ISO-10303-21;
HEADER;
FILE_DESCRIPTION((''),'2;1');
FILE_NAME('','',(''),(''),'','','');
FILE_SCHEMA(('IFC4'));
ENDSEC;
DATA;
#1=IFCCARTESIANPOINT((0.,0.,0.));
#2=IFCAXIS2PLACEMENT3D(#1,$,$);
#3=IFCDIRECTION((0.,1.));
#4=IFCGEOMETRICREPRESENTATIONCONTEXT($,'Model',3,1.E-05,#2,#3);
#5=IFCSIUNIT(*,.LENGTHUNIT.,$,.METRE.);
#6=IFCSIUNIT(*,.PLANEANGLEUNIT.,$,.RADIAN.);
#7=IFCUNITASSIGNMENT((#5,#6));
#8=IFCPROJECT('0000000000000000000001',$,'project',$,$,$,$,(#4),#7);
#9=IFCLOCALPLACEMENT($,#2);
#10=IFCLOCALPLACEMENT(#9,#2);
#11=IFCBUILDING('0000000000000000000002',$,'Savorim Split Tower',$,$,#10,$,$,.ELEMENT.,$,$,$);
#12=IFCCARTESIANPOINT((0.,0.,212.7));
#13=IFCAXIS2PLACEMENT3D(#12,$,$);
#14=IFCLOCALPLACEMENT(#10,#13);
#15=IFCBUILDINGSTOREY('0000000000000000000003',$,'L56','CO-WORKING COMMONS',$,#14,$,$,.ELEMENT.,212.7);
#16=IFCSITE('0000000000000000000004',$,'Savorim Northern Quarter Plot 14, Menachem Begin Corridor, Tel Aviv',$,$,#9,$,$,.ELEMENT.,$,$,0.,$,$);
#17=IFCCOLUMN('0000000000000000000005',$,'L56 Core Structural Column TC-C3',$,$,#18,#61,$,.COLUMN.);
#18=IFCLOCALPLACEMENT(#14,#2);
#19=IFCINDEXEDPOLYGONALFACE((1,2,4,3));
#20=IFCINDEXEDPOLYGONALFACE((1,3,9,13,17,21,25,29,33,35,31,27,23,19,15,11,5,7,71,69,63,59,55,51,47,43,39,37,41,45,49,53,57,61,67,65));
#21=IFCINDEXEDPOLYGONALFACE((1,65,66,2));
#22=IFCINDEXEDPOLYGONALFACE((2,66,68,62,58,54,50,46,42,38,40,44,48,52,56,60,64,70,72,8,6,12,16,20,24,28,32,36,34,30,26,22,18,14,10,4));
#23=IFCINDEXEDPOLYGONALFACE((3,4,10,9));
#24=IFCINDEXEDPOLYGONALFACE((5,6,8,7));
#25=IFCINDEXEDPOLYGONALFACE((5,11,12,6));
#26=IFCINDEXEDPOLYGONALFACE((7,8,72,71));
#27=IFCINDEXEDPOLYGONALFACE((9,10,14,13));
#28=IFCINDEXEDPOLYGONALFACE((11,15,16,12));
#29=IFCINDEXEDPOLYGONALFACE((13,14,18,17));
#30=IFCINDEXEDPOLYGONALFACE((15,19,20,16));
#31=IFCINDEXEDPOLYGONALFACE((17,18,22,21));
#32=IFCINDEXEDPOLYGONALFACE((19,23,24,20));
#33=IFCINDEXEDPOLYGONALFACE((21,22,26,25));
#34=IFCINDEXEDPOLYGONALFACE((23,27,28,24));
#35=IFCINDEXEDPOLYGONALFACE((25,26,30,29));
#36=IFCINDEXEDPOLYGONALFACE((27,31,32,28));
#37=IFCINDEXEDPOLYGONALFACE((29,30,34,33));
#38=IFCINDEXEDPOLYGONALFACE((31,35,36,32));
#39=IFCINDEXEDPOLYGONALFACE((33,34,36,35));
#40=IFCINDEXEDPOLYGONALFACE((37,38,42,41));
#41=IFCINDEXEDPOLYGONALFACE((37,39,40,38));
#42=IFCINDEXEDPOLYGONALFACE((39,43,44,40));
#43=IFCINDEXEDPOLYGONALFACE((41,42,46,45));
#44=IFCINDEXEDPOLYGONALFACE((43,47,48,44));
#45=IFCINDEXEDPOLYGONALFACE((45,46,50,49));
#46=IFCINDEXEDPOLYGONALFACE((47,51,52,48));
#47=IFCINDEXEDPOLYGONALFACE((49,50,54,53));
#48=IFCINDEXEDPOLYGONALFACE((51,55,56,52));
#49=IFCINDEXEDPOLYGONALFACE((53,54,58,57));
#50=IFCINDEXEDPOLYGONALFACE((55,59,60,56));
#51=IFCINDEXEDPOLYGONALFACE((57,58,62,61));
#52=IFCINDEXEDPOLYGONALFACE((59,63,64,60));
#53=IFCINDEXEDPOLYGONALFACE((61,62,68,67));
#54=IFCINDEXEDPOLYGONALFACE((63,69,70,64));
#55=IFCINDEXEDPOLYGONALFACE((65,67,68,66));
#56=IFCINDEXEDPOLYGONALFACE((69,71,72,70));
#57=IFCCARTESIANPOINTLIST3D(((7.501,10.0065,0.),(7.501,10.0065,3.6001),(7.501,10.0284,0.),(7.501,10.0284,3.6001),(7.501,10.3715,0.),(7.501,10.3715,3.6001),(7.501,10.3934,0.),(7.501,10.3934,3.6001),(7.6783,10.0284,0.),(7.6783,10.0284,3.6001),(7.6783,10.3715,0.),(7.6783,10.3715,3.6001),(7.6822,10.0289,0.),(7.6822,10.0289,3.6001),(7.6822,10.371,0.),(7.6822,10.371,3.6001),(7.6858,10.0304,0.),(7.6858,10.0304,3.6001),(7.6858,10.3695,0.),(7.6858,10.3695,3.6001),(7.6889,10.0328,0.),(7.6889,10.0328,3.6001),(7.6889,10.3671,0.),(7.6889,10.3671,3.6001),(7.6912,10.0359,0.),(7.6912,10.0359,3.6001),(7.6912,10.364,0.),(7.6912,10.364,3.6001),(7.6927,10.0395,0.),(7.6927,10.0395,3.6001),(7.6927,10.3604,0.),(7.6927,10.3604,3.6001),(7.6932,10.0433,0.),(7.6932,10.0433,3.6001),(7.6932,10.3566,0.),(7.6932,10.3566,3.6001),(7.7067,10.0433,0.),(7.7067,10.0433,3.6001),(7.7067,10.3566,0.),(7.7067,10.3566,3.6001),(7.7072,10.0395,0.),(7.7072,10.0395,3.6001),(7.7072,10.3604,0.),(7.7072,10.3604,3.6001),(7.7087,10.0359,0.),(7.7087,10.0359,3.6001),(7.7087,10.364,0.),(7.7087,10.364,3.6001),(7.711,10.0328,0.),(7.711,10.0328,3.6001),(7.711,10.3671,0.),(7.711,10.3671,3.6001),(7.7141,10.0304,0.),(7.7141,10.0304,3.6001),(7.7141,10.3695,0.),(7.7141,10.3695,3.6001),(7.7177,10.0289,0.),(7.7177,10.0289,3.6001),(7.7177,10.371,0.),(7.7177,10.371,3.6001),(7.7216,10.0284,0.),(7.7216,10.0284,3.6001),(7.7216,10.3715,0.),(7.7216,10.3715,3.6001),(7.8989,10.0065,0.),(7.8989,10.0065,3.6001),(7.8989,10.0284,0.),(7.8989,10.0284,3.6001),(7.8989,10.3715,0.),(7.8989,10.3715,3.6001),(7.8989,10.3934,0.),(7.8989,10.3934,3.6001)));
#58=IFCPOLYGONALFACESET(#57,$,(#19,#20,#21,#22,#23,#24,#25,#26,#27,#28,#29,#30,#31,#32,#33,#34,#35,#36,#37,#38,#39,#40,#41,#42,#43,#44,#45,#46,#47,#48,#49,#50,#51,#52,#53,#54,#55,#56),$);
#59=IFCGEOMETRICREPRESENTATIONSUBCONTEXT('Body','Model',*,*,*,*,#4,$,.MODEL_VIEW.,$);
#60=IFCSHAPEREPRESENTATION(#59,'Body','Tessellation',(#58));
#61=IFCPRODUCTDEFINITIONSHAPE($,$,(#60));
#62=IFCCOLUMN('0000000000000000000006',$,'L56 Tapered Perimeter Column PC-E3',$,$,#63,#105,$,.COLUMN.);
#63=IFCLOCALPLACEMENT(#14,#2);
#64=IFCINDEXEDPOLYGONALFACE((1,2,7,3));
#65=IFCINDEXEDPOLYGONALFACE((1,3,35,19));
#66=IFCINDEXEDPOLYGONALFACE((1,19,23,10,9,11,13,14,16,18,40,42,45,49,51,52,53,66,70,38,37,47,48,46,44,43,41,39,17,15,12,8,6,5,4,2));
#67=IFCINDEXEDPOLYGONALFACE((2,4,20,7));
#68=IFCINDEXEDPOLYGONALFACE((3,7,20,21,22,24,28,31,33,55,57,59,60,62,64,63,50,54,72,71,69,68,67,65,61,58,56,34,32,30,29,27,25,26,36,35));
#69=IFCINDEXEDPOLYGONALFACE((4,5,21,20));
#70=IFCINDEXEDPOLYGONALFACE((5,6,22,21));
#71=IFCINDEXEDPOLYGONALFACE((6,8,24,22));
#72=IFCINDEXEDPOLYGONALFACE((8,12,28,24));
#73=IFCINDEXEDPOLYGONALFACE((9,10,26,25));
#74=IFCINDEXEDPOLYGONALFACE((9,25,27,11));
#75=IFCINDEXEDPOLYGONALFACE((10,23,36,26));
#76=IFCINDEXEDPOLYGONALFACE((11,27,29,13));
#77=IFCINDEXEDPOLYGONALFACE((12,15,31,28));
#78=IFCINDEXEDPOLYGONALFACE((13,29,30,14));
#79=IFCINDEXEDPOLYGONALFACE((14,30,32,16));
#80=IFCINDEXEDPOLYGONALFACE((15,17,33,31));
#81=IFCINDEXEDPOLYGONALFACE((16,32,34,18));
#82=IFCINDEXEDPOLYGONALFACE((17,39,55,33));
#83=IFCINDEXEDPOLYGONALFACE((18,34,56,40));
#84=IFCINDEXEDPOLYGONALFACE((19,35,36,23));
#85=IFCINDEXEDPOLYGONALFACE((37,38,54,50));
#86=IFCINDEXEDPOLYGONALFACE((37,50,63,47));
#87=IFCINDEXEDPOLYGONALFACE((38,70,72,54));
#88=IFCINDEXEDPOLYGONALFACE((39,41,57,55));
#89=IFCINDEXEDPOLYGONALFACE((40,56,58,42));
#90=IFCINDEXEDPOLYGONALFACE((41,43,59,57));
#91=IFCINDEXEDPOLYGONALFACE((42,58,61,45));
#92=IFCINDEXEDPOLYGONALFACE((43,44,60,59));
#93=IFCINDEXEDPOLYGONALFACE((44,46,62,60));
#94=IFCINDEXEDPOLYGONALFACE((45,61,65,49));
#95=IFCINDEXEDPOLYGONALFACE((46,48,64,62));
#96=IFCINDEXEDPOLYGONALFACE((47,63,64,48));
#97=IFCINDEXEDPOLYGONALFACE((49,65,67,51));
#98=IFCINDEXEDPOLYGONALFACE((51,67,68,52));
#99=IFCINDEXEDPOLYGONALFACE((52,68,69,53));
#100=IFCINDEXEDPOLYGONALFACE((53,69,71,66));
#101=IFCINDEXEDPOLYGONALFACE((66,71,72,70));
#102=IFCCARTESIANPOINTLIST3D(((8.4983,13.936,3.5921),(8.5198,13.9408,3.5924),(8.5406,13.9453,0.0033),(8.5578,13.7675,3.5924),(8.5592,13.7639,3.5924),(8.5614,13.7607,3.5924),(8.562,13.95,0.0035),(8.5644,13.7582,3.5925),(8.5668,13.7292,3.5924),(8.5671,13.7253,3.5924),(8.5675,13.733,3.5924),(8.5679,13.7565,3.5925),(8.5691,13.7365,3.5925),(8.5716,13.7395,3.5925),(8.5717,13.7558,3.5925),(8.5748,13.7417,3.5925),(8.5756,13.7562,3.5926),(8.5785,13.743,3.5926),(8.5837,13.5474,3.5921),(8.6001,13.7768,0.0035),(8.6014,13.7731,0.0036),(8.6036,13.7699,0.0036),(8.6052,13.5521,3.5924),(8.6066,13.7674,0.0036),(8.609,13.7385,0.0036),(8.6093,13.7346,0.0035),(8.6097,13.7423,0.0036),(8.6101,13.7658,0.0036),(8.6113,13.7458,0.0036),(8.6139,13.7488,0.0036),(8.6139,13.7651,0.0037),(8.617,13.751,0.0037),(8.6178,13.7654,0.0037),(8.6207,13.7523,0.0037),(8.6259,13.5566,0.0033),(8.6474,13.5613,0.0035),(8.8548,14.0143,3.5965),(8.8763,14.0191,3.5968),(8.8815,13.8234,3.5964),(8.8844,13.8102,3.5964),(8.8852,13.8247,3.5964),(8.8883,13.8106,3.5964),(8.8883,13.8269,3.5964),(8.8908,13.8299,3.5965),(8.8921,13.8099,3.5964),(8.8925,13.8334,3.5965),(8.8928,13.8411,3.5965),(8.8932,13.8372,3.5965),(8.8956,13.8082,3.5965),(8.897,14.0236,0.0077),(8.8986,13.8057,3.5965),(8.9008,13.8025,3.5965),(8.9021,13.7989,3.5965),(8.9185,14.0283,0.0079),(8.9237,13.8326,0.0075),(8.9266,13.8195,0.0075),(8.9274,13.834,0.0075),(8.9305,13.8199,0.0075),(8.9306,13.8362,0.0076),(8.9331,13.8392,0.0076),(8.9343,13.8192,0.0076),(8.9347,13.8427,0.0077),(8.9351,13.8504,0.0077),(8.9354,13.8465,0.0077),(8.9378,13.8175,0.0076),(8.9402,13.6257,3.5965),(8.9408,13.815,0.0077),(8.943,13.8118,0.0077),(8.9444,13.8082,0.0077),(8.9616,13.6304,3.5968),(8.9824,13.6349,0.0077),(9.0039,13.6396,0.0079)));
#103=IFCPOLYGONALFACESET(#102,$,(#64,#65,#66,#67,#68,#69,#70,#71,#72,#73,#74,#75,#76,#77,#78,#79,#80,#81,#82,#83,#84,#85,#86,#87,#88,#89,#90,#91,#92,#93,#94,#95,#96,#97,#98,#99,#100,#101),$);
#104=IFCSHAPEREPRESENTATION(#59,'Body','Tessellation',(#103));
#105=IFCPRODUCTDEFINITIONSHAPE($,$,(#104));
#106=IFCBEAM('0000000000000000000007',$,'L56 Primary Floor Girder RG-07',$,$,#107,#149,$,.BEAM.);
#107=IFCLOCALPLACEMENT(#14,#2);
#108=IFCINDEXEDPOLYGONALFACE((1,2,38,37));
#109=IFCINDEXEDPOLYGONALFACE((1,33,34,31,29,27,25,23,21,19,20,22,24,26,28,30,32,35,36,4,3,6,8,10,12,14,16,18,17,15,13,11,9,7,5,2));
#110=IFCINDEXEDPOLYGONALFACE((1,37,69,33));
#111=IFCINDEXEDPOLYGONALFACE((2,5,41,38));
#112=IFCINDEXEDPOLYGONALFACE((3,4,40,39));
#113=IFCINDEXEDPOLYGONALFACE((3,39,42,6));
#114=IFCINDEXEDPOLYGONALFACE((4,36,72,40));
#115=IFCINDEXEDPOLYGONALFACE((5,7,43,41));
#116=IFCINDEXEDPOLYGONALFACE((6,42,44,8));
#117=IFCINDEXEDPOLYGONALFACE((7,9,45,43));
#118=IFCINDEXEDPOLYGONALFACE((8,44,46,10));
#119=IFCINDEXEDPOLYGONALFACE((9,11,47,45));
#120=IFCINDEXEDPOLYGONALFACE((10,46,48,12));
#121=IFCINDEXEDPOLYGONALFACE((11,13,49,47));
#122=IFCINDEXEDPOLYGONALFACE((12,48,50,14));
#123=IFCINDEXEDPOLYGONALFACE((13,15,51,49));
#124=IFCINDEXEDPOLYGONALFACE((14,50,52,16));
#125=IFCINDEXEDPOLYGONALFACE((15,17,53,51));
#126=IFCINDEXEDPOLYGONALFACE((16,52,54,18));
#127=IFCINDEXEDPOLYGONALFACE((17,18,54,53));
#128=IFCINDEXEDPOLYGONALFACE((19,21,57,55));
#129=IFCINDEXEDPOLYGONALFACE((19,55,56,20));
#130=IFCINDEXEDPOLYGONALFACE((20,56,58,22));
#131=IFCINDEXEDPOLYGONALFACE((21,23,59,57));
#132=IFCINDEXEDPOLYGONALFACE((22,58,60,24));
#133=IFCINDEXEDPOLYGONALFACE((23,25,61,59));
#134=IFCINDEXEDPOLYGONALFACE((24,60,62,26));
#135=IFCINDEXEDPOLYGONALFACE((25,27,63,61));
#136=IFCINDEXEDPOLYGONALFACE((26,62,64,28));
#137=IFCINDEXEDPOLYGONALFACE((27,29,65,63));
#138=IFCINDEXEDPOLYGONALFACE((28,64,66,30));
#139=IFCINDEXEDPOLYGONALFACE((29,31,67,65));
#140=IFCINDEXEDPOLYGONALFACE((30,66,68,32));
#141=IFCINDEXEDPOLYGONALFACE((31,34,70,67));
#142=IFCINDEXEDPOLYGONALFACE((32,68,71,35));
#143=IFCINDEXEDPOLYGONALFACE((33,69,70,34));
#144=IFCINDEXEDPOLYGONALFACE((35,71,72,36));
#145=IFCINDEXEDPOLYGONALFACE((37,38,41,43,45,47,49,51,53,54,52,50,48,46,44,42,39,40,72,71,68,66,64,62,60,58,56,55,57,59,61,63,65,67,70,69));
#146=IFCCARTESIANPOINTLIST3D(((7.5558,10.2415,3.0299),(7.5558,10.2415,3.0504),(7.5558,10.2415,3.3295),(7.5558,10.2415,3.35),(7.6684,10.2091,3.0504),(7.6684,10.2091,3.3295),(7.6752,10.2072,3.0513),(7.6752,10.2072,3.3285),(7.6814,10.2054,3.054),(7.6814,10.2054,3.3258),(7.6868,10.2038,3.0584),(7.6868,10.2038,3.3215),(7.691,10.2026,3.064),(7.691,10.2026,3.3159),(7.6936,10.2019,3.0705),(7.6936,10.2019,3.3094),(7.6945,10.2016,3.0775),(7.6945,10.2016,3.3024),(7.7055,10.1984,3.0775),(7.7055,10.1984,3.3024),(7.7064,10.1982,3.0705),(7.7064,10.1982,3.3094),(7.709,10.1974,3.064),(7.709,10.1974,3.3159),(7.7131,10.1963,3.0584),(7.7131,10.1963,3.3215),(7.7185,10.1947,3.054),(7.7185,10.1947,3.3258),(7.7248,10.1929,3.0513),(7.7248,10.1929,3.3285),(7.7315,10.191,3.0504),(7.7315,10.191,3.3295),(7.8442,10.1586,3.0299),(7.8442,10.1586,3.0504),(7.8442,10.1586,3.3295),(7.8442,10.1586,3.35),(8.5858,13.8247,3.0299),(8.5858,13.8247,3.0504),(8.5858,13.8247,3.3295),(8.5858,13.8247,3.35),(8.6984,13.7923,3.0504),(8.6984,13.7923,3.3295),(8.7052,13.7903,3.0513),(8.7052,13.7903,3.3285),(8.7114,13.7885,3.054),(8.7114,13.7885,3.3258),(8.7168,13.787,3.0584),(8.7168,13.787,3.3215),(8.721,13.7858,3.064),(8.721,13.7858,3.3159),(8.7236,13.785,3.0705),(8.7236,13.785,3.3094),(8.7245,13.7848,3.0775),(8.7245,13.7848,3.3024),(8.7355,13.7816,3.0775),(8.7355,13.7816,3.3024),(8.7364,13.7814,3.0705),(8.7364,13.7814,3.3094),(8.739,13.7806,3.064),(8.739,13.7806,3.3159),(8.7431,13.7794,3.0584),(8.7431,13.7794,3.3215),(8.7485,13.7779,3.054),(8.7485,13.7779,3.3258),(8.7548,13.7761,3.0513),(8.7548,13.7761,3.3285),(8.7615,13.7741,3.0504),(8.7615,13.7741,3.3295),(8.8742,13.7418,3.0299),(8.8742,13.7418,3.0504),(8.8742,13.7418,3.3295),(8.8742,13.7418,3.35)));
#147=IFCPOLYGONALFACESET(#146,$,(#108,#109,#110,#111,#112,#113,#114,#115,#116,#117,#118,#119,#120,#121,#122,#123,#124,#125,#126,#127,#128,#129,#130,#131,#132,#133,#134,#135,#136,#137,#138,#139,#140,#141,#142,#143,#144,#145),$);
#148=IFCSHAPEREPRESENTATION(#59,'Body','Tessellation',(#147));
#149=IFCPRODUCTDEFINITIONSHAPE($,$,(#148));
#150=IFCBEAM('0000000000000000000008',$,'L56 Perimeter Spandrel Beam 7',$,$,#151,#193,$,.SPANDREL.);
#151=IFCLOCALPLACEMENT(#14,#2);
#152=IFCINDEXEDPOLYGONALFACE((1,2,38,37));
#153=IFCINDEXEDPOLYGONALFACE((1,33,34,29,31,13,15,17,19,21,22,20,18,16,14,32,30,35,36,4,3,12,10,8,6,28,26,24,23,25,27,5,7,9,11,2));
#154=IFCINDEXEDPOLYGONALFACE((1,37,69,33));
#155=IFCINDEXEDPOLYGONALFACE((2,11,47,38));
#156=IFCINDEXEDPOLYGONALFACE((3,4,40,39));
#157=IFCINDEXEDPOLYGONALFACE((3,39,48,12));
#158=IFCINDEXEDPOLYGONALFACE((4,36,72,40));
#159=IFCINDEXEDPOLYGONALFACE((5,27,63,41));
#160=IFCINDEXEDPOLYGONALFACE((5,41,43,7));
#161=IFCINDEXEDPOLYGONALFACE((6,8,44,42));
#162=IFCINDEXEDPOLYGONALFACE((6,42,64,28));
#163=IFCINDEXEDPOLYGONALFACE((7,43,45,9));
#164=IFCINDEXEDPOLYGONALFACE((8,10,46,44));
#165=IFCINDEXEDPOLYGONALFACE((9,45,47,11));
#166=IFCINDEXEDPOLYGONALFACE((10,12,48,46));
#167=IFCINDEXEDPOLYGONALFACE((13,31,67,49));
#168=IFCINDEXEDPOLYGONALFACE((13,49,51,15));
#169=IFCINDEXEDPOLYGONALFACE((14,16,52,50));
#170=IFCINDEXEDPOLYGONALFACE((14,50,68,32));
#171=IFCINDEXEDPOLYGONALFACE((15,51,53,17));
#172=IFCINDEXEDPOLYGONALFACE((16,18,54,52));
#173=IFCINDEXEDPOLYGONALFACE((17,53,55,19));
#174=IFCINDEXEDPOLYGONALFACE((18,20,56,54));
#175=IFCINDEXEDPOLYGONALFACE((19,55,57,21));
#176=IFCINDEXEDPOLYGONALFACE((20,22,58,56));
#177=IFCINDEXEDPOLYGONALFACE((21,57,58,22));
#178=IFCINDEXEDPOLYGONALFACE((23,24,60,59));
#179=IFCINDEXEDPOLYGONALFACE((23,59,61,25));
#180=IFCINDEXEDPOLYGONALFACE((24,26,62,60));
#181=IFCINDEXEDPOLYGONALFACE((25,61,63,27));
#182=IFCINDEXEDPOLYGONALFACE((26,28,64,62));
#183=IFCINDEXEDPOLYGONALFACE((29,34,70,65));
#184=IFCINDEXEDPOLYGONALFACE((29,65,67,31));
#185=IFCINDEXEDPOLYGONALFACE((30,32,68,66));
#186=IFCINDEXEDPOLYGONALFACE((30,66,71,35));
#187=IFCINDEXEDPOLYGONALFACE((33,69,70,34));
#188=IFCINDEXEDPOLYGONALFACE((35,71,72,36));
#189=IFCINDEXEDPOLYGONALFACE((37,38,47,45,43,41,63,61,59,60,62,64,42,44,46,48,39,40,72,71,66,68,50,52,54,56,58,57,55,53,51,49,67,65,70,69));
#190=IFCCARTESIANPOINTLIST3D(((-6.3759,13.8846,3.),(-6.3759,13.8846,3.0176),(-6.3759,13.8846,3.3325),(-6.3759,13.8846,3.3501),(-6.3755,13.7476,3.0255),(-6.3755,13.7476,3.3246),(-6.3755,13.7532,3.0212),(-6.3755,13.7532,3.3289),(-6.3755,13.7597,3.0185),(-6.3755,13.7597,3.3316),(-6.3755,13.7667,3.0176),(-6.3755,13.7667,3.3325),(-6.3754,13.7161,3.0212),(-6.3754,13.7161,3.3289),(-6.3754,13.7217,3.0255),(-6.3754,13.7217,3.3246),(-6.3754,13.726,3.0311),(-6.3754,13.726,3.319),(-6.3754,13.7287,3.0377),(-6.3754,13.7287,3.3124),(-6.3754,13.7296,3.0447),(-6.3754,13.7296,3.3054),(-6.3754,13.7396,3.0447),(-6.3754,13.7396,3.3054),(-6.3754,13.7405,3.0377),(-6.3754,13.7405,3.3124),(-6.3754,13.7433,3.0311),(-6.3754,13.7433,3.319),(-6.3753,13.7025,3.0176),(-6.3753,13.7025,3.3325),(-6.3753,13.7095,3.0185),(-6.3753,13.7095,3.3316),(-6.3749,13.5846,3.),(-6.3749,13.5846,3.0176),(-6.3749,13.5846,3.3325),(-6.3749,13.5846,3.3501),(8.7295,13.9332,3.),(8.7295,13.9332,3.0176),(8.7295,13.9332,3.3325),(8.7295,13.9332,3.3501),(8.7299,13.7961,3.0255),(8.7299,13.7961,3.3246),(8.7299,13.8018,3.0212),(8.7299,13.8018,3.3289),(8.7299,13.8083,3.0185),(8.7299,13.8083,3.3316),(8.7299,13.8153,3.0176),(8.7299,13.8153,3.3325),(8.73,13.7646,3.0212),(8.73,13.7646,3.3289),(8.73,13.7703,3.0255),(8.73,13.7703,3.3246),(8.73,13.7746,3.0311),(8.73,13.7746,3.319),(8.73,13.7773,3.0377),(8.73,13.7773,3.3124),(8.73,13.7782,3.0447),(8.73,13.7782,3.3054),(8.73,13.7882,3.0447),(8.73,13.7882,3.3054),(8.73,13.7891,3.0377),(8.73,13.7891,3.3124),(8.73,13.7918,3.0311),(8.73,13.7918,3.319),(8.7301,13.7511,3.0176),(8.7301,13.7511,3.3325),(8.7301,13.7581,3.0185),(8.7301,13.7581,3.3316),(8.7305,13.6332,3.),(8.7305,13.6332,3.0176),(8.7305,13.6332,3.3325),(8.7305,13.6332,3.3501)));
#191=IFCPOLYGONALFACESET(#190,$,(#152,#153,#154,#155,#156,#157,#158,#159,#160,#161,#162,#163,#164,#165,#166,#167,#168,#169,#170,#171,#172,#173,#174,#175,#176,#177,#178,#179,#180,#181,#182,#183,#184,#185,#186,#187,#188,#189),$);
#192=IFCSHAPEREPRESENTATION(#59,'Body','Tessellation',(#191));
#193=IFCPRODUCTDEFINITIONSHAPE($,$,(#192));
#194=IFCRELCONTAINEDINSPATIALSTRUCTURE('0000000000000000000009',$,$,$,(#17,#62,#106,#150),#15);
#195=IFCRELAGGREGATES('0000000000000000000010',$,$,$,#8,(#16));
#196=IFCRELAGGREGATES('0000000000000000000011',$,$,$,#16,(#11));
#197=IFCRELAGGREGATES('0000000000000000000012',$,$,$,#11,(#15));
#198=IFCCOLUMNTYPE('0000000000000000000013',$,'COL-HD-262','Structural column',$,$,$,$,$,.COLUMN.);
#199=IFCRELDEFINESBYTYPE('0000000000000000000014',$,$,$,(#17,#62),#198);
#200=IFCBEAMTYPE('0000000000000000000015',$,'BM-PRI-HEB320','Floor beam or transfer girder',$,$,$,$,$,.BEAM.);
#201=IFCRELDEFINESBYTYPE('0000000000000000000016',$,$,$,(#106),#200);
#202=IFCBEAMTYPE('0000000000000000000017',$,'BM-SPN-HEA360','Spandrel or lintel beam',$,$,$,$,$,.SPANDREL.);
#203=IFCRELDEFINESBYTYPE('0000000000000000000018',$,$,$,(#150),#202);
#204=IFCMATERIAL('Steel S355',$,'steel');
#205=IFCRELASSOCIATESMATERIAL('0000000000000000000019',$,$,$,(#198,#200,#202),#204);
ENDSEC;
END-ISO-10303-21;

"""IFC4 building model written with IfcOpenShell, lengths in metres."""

from ifc_helpers import new_model, si_unit, direction, frame, origin, origin_2d, place, context, subcontext, project, spatial, i_section, extrude, material, material_profile, profile_set, type_object, element, save


model = new_model("IFC4")

# Units and contexts
model_context = context("Model", 3, precision=1e-05, world=origin(), true_north=direction((0.0, 1.0)))
body_context = subcontext(model_context, "Body", "Model", "MODEL_VIEW")
ifc_project = project(units=[si_unit("LENGTHUNIT", "METRE"), si_unit("PLANEANGLEUNIT", "RADIAN")], contexts=[model_context])

# Site, building, storey
site_placement = place(None, origin())
site = spatial("IfcSite", under=ifc_project, at=site_placement, Name="Savorim Northern Quarter Plot 14, Menachem Begin Corridor, Tel Aviv", CompositionType="ELEMENT", RefElevation=0.0)
building_placement = place(site_placement, origin())
building = spatial("IfcBuilding", under=site, at=building_placement, Name="Savorim Split Tower", CompositionType="ELEMENT")
storey_placement = place(building_placement, frame((0.0, 0.0, 212.7)))
storey = spatial("IfcBuildingStorey", under=building, at=storey_placement, Name="L56", Description="CO-WORKING COMMONS", CompositionType="ELEMENT", Elevation=212.7)

# Columns
ifc_material_1 = material(Name="Steel S355", Category="steel")
ifc_material_profile_1 = material_profile(ifc_material_1, i_section(OverallWidth=0.3979, OverallDepth=0.387, WebThickness=0.0134, FlangeThickness=0.022, FilletRadius=0.0149, at=origin_2d()), Name="HD 400x262")
ifc_profile_set_1 = profile_set([ifc_material_profile_1], Name="Steel S355")
column_type = type_object("IfcColumnType", Name="COL-HD-262", Description="Structural column", PredefinedType="COLUMN", material=ifc_profile_set_1)
column_1_placement = place(storey_placement, frame((7.7, 10.2, 0.0), z_axis=(0.0, 0.0, 1.0), x_axis=(1.0, 0.0, 0.0)))
element("IfcColumn", 1, at=column_1_placement, inside=storey, type_object=column_type, Name="L56 Core Structural Column TC-C3", PredefinedType="COLUMN", context=body_context, shape_type="SweptSolid", body=[
    extrude(i_section(OverallWidth=0.3979, OverallDepth=0.387, WebThickness=0.0134, FlangeThickness=0.022, FilletRadius=0.0149, at=origin_2d()), origin(), (0.0, 0.0, 1.0), 3.6001),
])
column_2_placement = place(storey_placement, frame((8.7722, 13.7925, 0.0056), z_axis=(-0.011768, -0.002585, 0.999927), x_axis=(0.214539, -0.976715, 0.0)))
element("IfcColumn", 2, at=column_2_placement, inside=storey, type_object=column_type, Name="L56 Tapered Perimeter Column PC-E3", PredefinedType="COLUMN", context=body_context, shape_type="SweptSolid", body=[
    extrude(i_section(OverallWidth=0.3979, OverallDepth=0.387, WebThickness=0.0134, FlangeThickness=0.022, FilletRadius=0.0149, at=origin_2d()), origin(), (0.0, 0.0, 1.0), 3.5891),
])

# Beams
ifc_material_profile_2 = material_profile(ifc_material_1, i_section(OverallWidth=0.3, OverallDepth=0.3201, WebThickness=0.0115, FlangeThickness=0.0205, FilletRadius=0.0271, at=origin_2d()), Name="HEB 320")
ifc_profile_set_2 = profile_set([ifc_material_profile_2], Name="Steel S355")
beam_type_1 = type_object("IfcBeamType", Name="BM-PRI-HEB320", Description="Floor beam or transfer girder", PredefinedType="BEAM", material=ifc_profile_set_2)
beam_1_placement = place(storey_placement, frame((8.73, 13.7832, 3.1899), z_axis=(-0.276269, -0.96108, 0.0), x_axis=(0.96108, -0.276269, 0.0)))
element("IfcBeam", 3, at=beam_1_placement, inside=storey, type_object=beam_type_1, Name="L56 Primary Floor Girder RG-07", PredefinedType="BEAM", context=body_context, shape_type="SweptSolid", body=[
    extrude(i_section(OverallWidth=0.3, OverallDepth=0.3201, WebThickness=0.0115, FlangeThickness=0.0205, FilletRadius=0.0271, at=origin_2d()), origin(), (0.0, 0.0, 1.0), 3.7283),
])
ifc_material_profile_3 = material_profile(ifc_material_1, i_section(OverallWidth=0.3, OverallDepth=0.3501, WebThickness=0.01, FlangeThickness=0.0176, FilletRadius=0.0271, at=origin_2d()), Name="HEA 360")
ifc_profile_set_3 = profile_set([ifc_material_profile_3], Name="Steel S355")
beam_type_2 = type_object("IfcBeamType", Name="BM-SPN-HEA360", Description="Spandrel or lintel beam", PredefinedType="SPANDREL", material=ifc_profile_set_3)
beam_2_placement = place(storey_placement, frame((8.73, 13.7832, 3.175), z_axis=(-0.999995, -0.003216, 0.0), x_axis=(0.003216, -0.999995, 0.0)))
element("IfcBeam", 4, at=beam_2_placement, inside=storey, type_object=beam_type_2, Name="L56 Perimeter Spandrel Beam 7", PredefinedType="SPANDREL", context=body_context, shape_type="SweptSolid", body=[
    extrude(i_section(OverallWidth=0.3, OverallDepth=0.3501, WebThickness=0.01, FlangeThickness=0.0176, FilletRadius=0.0271, at=origin_2d()), origin(), (0.0, 0.0, 1.0), 15.1055),
])

save(model, "model.ifc")
